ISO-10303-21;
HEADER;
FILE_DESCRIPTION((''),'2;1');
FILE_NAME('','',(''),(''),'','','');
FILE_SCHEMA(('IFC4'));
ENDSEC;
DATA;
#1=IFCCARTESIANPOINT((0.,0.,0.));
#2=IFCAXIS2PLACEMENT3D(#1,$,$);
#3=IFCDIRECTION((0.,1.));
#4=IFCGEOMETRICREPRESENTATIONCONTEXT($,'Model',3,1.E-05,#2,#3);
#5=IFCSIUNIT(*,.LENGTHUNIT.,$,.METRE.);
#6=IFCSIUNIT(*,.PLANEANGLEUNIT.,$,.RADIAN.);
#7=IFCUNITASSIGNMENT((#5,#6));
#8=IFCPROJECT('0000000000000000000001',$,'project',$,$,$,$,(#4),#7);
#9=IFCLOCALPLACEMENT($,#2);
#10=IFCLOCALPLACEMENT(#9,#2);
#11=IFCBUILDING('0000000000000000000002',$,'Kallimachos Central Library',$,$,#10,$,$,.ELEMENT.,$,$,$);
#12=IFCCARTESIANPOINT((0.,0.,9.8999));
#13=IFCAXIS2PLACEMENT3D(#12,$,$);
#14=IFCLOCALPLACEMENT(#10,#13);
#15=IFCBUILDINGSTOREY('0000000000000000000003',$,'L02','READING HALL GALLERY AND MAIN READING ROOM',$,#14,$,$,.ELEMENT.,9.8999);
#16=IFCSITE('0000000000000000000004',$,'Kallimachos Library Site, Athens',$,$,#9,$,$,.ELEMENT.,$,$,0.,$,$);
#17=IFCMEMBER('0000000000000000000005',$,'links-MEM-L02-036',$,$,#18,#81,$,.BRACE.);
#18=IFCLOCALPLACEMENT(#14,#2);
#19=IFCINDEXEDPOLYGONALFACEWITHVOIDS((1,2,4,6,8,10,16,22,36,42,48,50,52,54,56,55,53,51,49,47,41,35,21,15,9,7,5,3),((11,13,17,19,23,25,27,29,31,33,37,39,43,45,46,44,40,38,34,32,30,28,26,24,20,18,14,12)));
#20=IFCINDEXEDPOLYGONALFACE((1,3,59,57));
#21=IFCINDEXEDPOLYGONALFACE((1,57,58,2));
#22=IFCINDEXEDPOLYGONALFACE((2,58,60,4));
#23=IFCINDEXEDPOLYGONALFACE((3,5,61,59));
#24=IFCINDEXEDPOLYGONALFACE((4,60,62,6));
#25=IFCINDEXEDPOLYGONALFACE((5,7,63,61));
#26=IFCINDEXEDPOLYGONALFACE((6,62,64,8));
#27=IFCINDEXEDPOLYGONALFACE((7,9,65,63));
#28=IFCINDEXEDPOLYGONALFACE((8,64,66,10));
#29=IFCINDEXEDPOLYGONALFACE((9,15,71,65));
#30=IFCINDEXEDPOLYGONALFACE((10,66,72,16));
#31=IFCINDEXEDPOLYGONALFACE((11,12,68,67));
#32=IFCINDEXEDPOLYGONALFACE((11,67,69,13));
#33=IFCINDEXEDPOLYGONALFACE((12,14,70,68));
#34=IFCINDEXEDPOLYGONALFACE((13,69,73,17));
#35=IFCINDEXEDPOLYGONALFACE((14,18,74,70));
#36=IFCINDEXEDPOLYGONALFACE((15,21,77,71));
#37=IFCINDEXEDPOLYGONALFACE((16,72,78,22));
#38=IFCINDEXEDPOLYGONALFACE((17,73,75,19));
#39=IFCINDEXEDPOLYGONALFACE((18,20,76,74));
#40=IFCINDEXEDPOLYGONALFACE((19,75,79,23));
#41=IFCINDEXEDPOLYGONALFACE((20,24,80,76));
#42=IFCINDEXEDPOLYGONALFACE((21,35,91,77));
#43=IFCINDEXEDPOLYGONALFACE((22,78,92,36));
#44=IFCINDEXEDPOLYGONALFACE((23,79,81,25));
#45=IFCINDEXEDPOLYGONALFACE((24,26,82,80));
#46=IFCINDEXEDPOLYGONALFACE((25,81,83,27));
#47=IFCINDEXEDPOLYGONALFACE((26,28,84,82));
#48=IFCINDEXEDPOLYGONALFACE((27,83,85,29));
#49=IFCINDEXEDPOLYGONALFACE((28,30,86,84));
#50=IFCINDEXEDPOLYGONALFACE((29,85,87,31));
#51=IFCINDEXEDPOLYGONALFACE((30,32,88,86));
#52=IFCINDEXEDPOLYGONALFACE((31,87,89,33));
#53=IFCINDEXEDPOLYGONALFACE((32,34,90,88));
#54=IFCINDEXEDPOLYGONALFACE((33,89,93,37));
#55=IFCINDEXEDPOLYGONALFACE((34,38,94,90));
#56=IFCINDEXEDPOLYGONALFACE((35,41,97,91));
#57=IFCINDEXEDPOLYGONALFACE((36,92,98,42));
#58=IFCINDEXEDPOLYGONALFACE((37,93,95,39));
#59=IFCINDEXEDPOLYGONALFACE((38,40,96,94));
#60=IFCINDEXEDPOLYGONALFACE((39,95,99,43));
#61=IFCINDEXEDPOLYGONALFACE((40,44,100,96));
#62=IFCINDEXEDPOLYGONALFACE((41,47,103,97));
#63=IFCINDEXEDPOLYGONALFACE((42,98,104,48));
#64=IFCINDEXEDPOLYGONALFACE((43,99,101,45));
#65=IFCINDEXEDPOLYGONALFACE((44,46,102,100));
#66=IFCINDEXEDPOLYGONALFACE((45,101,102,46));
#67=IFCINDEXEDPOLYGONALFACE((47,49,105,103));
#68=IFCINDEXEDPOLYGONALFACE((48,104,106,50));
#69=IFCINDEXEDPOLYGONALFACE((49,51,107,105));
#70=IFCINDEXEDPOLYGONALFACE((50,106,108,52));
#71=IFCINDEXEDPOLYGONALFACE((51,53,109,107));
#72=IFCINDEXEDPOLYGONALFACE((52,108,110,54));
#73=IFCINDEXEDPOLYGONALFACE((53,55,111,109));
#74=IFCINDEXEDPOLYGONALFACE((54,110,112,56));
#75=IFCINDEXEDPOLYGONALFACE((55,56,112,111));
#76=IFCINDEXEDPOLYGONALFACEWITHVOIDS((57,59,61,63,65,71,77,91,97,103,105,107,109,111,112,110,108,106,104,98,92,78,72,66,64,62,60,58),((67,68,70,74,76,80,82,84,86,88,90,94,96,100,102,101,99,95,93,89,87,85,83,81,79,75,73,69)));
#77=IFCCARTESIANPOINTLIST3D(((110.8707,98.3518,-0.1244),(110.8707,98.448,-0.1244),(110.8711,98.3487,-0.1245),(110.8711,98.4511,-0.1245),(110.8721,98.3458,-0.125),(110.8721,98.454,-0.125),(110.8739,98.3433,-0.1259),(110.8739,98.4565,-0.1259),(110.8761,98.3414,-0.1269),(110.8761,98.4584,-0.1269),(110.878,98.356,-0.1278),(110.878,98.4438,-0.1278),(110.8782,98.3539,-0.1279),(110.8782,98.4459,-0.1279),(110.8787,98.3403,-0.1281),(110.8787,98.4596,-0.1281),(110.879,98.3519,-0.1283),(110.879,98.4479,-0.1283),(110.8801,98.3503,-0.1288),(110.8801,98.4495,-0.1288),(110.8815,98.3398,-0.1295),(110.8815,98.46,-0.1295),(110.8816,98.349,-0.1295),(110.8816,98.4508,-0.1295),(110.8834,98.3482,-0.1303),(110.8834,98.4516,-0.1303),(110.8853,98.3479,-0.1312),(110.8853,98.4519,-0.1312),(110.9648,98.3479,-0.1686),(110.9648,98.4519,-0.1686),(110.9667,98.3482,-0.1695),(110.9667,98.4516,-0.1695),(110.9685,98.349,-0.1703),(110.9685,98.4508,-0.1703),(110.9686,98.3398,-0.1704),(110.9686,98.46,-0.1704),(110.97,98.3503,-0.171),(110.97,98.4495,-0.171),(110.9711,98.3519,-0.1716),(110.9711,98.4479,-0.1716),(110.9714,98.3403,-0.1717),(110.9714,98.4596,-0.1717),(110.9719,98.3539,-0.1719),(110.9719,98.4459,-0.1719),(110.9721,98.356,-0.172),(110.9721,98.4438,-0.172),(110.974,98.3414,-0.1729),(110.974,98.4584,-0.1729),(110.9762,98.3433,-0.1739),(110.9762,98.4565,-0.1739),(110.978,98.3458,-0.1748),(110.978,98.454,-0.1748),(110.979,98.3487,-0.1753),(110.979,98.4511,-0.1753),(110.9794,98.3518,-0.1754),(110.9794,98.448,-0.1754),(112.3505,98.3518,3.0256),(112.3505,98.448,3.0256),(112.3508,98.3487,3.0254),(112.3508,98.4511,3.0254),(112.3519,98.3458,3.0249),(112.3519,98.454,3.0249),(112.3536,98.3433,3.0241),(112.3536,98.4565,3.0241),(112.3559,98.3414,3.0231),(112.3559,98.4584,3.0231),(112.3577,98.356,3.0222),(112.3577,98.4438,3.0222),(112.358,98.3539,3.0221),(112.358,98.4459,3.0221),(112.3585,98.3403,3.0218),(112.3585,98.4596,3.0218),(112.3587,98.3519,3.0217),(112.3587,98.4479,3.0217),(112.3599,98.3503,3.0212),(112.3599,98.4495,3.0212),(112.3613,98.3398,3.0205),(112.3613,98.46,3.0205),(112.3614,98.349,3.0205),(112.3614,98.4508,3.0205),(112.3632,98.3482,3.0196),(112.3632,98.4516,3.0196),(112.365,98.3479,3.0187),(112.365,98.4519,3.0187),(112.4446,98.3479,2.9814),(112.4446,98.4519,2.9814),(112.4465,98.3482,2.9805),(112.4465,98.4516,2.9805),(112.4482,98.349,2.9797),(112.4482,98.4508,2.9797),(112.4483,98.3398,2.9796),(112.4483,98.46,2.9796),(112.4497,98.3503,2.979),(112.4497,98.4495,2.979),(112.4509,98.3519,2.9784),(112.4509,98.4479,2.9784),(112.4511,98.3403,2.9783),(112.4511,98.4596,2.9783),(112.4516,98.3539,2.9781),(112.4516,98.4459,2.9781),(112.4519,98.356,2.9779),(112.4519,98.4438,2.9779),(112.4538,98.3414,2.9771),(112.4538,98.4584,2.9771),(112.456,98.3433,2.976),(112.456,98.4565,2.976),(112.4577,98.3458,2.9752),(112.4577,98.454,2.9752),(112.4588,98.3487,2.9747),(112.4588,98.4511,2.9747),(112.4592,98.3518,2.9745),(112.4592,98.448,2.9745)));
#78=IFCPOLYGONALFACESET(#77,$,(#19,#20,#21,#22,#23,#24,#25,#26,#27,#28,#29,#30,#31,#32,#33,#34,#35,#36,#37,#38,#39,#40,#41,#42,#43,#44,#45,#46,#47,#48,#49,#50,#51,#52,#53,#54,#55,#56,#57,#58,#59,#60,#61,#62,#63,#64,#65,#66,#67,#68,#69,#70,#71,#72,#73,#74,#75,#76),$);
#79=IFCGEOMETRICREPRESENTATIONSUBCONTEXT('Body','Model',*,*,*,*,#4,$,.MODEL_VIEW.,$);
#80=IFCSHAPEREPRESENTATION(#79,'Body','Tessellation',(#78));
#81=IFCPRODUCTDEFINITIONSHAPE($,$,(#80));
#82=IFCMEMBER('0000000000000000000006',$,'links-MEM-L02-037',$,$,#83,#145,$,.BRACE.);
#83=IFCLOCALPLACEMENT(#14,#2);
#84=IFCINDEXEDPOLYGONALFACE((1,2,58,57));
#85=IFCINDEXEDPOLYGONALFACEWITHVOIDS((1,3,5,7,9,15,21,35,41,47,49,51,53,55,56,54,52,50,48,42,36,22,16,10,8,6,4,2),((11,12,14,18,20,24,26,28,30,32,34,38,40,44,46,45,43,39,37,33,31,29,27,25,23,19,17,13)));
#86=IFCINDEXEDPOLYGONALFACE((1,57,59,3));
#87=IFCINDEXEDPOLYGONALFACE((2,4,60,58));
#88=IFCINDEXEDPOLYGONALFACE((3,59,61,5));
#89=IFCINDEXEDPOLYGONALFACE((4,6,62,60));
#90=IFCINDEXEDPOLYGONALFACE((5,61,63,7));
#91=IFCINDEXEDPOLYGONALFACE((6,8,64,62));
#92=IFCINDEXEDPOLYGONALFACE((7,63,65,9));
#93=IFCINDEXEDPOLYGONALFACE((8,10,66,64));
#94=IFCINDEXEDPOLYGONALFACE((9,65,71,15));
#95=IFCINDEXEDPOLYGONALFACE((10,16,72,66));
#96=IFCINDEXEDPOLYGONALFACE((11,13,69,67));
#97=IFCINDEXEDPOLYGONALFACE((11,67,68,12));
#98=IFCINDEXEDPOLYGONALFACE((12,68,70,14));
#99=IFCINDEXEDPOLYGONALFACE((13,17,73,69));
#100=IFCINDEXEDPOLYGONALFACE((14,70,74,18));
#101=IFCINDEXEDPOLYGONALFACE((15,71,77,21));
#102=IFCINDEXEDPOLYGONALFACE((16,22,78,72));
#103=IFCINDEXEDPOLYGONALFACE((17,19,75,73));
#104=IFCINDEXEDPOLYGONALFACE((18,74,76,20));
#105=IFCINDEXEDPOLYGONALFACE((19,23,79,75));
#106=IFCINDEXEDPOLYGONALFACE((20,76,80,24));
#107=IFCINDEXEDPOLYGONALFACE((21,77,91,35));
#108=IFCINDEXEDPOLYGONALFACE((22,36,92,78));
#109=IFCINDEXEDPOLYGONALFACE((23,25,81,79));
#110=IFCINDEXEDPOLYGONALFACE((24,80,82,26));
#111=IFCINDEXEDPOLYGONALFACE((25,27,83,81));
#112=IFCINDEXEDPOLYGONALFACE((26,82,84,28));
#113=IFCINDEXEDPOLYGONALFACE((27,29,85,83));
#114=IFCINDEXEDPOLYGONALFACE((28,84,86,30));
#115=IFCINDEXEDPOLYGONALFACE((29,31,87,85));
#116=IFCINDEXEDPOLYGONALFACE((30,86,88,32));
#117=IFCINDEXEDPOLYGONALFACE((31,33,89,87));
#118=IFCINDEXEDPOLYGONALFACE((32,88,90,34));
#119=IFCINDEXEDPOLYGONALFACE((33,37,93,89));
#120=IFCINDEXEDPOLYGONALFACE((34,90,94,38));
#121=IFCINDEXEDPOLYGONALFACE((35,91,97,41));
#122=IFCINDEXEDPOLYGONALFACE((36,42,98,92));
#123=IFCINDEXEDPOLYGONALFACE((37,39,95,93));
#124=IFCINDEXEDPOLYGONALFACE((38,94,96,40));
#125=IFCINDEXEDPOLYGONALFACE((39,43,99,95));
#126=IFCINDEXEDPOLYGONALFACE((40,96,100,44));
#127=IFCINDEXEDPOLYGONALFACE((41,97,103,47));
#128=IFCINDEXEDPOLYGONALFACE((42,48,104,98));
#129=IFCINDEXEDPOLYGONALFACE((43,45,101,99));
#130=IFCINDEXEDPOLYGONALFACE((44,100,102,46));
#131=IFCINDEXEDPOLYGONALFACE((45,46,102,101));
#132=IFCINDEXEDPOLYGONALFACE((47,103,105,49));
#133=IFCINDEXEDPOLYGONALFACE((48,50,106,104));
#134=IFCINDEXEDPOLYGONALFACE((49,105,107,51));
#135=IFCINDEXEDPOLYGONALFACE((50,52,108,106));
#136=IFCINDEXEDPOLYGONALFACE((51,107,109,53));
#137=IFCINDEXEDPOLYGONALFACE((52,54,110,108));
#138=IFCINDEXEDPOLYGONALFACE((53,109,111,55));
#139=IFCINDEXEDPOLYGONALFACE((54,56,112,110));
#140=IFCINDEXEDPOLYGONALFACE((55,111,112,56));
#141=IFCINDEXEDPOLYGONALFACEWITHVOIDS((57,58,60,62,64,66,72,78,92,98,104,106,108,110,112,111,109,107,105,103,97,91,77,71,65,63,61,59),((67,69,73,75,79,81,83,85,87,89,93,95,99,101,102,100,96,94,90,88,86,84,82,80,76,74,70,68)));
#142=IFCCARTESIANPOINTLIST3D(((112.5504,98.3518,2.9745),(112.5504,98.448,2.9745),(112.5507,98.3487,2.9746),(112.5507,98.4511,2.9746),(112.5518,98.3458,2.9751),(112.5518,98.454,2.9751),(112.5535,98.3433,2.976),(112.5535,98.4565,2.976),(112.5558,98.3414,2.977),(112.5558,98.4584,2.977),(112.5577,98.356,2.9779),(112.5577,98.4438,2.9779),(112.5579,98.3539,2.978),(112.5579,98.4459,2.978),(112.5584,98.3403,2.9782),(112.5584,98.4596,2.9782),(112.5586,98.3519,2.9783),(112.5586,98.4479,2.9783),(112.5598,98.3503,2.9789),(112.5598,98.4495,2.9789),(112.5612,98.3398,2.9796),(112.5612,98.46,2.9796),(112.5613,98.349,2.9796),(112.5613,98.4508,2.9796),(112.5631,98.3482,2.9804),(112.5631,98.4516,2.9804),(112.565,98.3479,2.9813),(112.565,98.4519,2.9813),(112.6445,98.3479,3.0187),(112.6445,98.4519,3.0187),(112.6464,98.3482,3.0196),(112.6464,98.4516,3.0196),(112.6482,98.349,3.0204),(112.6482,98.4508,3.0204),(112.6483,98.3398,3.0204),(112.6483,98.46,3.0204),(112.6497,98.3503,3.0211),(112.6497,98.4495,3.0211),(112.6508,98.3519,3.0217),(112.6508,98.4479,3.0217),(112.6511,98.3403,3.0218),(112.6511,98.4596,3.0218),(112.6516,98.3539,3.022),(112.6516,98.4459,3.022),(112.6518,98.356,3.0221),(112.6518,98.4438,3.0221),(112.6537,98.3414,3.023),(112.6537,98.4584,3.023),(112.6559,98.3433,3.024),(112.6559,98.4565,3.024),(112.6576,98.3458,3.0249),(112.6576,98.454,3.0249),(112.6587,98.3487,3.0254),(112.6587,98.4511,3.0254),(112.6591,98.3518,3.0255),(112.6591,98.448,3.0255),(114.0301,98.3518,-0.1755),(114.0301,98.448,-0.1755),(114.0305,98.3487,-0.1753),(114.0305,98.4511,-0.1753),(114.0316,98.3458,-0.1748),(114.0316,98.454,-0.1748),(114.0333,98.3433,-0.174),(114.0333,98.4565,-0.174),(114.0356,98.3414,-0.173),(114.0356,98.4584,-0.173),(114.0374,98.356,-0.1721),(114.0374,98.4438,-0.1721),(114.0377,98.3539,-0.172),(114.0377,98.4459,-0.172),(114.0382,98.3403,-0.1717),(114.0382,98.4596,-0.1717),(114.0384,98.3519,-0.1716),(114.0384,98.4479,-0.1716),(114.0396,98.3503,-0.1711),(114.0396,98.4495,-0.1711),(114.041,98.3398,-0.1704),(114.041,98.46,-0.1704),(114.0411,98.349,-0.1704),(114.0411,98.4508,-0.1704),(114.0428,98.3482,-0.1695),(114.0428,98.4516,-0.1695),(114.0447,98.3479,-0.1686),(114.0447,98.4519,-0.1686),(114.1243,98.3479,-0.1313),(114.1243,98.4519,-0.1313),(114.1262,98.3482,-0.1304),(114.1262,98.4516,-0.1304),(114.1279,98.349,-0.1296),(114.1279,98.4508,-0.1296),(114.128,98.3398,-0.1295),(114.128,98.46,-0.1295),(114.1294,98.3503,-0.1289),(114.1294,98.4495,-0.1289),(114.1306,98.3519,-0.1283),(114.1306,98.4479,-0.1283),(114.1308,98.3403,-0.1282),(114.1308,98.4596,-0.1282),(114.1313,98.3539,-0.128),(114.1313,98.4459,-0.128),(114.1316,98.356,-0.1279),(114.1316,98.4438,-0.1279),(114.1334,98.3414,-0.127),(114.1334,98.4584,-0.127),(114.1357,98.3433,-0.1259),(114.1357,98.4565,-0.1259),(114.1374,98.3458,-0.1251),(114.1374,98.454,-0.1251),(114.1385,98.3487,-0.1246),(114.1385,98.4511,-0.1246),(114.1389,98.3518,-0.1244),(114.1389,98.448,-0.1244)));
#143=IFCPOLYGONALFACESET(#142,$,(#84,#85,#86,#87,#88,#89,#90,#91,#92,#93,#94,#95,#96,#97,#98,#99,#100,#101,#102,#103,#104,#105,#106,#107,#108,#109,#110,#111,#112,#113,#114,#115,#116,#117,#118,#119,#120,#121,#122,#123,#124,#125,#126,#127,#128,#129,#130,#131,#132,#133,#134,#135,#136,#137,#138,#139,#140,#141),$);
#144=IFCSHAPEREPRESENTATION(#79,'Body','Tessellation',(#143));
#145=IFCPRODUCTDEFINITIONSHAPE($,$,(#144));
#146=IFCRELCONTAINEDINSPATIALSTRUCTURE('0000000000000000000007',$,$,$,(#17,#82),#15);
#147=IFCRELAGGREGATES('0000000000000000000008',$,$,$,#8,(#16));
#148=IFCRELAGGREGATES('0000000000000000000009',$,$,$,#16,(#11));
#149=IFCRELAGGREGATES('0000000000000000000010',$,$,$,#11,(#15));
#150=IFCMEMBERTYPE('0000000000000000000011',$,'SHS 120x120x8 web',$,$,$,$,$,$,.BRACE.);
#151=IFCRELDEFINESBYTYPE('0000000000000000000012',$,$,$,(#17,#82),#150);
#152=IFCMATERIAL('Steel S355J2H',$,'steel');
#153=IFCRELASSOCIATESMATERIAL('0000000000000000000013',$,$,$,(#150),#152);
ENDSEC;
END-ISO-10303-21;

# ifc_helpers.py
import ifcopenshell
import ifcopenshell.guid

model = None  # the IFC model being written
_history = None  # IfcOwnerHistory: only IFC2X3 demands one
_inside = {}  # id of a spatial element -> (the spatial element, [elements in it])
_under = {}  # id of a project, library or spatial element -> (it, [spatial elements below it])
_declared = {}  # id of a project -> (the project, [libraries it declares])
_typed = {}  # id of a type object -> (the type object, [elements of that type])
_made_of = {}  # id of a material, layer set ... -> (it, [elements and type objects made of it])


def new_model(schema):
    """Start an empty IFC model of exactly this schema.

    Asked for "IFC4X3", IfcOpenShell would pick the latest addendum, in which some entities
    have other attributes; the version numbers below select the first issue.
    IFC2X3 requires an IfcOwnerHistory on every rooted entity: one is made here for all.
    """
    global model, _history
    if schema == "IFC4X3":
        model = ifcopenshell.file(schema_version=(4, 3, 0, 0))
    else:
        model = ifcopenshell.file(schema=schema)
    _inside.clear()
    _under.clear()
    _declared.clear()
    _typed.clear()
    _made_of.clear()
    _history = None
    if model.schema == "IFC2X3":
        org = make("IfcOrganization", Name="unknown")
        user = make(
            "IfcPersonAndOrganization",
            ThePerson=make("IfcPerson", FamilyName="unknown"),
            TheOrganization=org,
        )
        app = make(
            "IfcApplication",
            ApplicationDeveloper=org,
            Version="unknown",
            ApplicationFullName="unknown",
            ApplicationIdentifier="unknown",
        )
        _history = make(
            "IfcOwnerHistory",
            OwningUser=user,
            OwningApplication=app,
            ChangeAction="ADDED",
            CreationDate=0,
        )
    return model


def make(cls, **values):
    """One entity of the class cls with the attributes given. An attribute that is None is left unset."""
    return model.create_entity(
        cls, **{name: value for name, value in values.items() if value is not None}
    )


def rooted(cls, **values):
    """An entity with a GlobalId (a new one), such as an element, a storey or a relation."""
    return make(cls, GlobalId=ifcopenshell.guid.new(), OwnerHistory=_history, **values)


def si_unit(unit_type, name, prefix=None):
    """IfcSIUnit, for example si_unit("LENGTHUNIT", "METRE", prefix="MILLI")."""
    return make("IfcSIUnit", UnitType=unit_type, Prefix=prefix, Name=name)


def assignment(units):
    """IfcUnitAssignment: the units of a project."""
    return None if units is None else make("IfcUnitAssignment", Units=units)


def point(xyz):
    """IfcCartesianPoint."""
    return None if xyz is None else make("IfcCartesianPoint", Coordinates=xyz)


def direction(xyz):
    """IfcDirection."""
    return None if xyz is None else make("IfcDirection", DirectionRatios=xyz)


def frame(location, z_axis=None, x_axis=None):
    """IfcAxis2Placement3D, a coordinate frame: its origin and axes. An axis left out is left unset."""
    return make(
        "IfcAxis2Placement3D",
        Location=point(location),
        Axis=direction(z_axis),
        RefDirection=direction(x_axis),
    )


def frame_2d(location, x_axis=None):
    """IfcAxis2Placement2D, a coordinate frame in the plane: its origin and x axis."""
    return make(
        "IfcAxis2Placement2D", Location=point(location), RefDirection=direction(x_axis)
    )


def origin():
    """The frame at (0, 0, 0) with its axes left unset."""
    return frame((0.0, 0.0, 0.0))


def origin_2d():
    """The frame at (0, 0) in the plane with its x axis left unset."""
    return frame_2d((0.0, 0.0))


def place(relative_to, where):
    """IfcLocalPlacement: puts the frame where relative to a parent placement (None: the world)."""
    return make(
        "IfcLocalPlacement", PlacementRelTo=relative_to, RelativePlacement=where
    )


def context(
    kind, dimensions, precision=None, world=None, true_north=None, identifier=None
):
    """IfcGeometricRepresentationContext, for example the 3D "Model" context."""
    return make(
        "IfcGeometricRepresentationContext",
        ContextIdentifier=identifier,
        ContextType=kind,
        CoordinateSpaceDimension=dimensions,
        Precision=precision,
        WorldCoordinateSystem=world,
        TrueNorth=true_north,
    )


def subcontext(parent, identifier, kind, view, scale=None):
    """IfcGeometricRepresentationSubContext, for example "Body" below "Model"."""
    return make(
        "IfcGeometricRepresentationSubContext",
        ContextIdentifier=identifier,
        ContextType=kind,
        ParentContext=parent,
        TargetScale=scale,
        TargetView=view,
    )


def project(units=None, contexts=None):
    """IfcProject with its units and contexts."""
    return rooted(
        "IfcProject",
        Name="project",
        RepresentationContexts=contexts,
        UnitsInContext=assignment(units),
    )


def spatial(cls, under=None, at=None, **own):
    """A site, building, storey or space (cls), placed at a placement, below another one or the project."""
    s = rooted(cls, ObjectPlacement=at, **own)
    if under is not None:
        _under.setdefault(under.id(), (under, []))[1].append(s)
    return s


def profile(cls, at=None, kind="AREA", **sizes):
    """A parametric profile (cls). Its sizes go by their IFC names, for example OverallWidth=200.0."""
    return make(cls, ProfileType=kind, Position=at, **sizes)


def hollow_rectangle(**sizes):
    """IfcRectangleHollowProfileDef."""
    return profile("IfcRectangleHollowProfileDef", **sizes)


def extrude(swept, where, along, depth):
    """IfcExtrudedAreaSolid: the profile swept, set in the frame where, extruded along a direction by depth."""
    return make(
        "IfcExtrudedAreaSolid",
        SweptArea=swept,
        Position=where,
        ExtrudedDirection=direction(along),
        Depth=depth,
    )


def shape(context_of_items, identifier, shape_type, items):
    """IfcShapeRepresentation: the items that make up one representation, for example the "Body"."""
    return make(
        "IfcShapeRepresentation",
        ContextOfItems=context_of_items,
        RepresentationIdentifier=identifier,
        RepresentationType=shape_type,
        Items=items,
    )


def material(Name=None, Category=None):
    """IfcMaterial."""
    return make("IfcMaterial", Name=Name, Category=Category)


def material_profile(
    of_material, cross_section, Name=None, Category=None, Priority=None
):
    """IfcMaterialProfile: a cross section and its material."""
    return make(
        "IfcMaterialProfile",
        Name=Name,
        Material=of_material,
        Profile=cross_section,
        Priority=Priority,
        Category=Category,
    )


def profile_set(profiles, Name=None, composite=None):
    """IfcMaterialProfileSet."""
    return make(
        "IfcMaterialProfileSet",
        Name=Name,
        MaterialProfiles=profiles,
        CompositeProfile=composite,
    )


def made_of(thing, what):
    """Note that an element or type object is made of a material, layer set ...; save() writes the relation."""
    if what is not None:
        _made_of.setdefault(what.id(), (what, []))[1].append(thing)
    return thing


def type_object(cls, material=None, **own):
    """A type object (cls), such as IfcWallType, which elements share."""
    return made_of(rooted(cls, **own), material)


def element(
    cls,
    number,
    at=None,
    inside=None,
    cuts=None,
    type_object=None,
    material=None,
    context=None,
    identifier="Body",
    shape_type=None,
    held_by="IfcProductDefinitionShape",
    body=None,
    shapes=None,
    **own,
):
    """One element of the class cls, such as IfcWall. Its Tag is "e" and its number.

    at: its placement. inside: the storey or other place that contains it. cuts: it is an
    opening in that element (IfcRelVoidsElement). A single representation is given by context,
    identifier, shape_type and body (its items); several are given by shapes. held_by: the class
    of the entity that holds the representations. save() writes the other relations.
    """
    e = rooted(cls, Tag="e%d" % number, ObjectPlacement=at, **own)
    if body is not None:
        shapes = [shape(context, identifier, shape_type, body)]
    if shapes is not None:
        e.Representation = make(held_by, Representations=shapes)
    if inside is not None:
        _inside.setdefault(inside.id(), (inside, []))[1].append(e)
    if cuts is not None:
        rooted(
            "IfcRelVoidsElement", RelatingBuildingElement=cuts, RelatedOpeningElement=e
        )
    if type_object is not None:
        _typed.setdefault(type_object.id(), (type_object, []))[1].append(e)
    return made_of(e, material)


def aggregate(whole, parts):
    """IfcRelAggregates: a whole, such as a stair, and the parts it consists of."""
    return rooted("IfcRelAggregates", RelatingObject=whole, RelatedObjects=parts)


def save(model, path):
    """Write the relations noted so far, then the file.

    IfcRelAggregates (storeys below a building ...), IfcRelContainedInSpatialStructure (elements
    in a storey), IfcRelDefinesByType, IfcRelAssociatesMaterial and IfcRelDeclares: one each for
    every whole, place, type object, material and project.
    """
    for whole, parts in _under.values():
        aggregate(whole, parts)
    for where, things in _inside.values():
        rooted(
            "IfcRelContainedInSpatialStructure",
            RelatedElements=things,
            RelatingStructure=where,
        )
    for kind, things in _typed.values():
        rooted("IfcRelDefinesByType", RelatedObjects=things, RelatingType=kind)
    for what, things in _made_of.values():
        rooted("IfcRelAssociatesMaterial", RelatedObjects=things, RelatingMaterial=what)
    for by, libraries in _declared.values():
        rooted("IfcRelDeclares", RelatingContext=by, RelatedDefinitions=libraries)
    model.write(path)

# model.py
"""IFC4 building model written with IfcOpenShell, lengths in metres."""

from ifc_helpers import new_model, si_unit, direction, frame, origin, origin_2d, place, context, subcontext, project, spatial, hollow_rectangle, extrude, material, material_profile, profile_set, type_object, element, save


model = new_model("IFC4")

# Units and contexts
model_context = context("Model", 3, precision=1e-05, world=origin(), true_north=direction((0.0, 1.0)))
body_context = subcontext(model_context, "Body", "Model", "MODEL_VIEW")
ifc_project = project(units=[si_unit("LENGTHUNIT", "METRE"), si_unit("PLANEANGLEUNIT", "RADIAN")], contexts=[model_context])

# Site, building, storey
site_placement = place(None, origin())
site = spatial("IfcSite", under=ifc_project, at=site_placement, Name="Kallimachos Library Site, Athens", CompositionType="ELEMENT", RefElevation=0.0)
building_placement = place(site_placement, origin())
building = spatial("IfcBuilding", under=site, at=building_placement, Name="Kallimachos Central Library", CompositionType="ELEMENT")
storey_placement = place(building_placement, frame((0.0, 0.0, 9.8999)))
storey = spatial("IfcBuildingStorey", under=building, at=storey_placement, Name="L02", Description="READING HALL GALLERY AND MAIN READING ROOM", CompositionType="ELEMENT", Elevation=9.8999)

# Members
ifc_material_1 = material(Name="Steel S355J2H", Category="steel")
ifc_material_profile_1 = material_profile(ifc_material_1, hollow_rectangle(XDim=0.1201, YDim=0.1201, WallThickness=0.0081, InnerFilletRadius=0.0081, OuterFilletRadius=0.012, at=origin_2d()), Name="SHS 120x120x8")
ifc_profile_set_1 = profile_set([ifc_material_profile_1], Name="Steel S355J2H")
member_type_1 = type_object("IfcMemberType", Name="SHS 120x120x8 web", PredefinedType="BRACE", material=ifc_profile_set_1)
for number, where, z_axis, x_axis, name in (
    (1, (110.925, 98.3999, -0.1499), (0.425192, 0.0, 0.905103), (0.0, 1.0, 0.0), "links-MEM-L02-036"),
    (2, (112.6047, 98.3999, 3.0), (0.425192, 0.0, -0.905103), (0.0, 1.0, 0.0), "links-MEM-L02-037"),
):
    element("IfcMember", number, at=place(storey_placement, frame(where, z_axis=z_axis, x_axis=x_axis)), inside=storey, type_object=member_type_1, Name=name, PredefinedType="BRACE", context=body_context, shape_type="SweptSolid", body=[
        extrude(hollow_rectangle(XDim=0.1201, YDim=0.1201, WallThickness=0.0081, InnerFilletRadius=0.0081, OuterFilletRadius=0.012, at=origin_2d()), origin(), (0.0, 0.0, 1.0), 3.4802),
    ])

save(model, "model.ifc")
